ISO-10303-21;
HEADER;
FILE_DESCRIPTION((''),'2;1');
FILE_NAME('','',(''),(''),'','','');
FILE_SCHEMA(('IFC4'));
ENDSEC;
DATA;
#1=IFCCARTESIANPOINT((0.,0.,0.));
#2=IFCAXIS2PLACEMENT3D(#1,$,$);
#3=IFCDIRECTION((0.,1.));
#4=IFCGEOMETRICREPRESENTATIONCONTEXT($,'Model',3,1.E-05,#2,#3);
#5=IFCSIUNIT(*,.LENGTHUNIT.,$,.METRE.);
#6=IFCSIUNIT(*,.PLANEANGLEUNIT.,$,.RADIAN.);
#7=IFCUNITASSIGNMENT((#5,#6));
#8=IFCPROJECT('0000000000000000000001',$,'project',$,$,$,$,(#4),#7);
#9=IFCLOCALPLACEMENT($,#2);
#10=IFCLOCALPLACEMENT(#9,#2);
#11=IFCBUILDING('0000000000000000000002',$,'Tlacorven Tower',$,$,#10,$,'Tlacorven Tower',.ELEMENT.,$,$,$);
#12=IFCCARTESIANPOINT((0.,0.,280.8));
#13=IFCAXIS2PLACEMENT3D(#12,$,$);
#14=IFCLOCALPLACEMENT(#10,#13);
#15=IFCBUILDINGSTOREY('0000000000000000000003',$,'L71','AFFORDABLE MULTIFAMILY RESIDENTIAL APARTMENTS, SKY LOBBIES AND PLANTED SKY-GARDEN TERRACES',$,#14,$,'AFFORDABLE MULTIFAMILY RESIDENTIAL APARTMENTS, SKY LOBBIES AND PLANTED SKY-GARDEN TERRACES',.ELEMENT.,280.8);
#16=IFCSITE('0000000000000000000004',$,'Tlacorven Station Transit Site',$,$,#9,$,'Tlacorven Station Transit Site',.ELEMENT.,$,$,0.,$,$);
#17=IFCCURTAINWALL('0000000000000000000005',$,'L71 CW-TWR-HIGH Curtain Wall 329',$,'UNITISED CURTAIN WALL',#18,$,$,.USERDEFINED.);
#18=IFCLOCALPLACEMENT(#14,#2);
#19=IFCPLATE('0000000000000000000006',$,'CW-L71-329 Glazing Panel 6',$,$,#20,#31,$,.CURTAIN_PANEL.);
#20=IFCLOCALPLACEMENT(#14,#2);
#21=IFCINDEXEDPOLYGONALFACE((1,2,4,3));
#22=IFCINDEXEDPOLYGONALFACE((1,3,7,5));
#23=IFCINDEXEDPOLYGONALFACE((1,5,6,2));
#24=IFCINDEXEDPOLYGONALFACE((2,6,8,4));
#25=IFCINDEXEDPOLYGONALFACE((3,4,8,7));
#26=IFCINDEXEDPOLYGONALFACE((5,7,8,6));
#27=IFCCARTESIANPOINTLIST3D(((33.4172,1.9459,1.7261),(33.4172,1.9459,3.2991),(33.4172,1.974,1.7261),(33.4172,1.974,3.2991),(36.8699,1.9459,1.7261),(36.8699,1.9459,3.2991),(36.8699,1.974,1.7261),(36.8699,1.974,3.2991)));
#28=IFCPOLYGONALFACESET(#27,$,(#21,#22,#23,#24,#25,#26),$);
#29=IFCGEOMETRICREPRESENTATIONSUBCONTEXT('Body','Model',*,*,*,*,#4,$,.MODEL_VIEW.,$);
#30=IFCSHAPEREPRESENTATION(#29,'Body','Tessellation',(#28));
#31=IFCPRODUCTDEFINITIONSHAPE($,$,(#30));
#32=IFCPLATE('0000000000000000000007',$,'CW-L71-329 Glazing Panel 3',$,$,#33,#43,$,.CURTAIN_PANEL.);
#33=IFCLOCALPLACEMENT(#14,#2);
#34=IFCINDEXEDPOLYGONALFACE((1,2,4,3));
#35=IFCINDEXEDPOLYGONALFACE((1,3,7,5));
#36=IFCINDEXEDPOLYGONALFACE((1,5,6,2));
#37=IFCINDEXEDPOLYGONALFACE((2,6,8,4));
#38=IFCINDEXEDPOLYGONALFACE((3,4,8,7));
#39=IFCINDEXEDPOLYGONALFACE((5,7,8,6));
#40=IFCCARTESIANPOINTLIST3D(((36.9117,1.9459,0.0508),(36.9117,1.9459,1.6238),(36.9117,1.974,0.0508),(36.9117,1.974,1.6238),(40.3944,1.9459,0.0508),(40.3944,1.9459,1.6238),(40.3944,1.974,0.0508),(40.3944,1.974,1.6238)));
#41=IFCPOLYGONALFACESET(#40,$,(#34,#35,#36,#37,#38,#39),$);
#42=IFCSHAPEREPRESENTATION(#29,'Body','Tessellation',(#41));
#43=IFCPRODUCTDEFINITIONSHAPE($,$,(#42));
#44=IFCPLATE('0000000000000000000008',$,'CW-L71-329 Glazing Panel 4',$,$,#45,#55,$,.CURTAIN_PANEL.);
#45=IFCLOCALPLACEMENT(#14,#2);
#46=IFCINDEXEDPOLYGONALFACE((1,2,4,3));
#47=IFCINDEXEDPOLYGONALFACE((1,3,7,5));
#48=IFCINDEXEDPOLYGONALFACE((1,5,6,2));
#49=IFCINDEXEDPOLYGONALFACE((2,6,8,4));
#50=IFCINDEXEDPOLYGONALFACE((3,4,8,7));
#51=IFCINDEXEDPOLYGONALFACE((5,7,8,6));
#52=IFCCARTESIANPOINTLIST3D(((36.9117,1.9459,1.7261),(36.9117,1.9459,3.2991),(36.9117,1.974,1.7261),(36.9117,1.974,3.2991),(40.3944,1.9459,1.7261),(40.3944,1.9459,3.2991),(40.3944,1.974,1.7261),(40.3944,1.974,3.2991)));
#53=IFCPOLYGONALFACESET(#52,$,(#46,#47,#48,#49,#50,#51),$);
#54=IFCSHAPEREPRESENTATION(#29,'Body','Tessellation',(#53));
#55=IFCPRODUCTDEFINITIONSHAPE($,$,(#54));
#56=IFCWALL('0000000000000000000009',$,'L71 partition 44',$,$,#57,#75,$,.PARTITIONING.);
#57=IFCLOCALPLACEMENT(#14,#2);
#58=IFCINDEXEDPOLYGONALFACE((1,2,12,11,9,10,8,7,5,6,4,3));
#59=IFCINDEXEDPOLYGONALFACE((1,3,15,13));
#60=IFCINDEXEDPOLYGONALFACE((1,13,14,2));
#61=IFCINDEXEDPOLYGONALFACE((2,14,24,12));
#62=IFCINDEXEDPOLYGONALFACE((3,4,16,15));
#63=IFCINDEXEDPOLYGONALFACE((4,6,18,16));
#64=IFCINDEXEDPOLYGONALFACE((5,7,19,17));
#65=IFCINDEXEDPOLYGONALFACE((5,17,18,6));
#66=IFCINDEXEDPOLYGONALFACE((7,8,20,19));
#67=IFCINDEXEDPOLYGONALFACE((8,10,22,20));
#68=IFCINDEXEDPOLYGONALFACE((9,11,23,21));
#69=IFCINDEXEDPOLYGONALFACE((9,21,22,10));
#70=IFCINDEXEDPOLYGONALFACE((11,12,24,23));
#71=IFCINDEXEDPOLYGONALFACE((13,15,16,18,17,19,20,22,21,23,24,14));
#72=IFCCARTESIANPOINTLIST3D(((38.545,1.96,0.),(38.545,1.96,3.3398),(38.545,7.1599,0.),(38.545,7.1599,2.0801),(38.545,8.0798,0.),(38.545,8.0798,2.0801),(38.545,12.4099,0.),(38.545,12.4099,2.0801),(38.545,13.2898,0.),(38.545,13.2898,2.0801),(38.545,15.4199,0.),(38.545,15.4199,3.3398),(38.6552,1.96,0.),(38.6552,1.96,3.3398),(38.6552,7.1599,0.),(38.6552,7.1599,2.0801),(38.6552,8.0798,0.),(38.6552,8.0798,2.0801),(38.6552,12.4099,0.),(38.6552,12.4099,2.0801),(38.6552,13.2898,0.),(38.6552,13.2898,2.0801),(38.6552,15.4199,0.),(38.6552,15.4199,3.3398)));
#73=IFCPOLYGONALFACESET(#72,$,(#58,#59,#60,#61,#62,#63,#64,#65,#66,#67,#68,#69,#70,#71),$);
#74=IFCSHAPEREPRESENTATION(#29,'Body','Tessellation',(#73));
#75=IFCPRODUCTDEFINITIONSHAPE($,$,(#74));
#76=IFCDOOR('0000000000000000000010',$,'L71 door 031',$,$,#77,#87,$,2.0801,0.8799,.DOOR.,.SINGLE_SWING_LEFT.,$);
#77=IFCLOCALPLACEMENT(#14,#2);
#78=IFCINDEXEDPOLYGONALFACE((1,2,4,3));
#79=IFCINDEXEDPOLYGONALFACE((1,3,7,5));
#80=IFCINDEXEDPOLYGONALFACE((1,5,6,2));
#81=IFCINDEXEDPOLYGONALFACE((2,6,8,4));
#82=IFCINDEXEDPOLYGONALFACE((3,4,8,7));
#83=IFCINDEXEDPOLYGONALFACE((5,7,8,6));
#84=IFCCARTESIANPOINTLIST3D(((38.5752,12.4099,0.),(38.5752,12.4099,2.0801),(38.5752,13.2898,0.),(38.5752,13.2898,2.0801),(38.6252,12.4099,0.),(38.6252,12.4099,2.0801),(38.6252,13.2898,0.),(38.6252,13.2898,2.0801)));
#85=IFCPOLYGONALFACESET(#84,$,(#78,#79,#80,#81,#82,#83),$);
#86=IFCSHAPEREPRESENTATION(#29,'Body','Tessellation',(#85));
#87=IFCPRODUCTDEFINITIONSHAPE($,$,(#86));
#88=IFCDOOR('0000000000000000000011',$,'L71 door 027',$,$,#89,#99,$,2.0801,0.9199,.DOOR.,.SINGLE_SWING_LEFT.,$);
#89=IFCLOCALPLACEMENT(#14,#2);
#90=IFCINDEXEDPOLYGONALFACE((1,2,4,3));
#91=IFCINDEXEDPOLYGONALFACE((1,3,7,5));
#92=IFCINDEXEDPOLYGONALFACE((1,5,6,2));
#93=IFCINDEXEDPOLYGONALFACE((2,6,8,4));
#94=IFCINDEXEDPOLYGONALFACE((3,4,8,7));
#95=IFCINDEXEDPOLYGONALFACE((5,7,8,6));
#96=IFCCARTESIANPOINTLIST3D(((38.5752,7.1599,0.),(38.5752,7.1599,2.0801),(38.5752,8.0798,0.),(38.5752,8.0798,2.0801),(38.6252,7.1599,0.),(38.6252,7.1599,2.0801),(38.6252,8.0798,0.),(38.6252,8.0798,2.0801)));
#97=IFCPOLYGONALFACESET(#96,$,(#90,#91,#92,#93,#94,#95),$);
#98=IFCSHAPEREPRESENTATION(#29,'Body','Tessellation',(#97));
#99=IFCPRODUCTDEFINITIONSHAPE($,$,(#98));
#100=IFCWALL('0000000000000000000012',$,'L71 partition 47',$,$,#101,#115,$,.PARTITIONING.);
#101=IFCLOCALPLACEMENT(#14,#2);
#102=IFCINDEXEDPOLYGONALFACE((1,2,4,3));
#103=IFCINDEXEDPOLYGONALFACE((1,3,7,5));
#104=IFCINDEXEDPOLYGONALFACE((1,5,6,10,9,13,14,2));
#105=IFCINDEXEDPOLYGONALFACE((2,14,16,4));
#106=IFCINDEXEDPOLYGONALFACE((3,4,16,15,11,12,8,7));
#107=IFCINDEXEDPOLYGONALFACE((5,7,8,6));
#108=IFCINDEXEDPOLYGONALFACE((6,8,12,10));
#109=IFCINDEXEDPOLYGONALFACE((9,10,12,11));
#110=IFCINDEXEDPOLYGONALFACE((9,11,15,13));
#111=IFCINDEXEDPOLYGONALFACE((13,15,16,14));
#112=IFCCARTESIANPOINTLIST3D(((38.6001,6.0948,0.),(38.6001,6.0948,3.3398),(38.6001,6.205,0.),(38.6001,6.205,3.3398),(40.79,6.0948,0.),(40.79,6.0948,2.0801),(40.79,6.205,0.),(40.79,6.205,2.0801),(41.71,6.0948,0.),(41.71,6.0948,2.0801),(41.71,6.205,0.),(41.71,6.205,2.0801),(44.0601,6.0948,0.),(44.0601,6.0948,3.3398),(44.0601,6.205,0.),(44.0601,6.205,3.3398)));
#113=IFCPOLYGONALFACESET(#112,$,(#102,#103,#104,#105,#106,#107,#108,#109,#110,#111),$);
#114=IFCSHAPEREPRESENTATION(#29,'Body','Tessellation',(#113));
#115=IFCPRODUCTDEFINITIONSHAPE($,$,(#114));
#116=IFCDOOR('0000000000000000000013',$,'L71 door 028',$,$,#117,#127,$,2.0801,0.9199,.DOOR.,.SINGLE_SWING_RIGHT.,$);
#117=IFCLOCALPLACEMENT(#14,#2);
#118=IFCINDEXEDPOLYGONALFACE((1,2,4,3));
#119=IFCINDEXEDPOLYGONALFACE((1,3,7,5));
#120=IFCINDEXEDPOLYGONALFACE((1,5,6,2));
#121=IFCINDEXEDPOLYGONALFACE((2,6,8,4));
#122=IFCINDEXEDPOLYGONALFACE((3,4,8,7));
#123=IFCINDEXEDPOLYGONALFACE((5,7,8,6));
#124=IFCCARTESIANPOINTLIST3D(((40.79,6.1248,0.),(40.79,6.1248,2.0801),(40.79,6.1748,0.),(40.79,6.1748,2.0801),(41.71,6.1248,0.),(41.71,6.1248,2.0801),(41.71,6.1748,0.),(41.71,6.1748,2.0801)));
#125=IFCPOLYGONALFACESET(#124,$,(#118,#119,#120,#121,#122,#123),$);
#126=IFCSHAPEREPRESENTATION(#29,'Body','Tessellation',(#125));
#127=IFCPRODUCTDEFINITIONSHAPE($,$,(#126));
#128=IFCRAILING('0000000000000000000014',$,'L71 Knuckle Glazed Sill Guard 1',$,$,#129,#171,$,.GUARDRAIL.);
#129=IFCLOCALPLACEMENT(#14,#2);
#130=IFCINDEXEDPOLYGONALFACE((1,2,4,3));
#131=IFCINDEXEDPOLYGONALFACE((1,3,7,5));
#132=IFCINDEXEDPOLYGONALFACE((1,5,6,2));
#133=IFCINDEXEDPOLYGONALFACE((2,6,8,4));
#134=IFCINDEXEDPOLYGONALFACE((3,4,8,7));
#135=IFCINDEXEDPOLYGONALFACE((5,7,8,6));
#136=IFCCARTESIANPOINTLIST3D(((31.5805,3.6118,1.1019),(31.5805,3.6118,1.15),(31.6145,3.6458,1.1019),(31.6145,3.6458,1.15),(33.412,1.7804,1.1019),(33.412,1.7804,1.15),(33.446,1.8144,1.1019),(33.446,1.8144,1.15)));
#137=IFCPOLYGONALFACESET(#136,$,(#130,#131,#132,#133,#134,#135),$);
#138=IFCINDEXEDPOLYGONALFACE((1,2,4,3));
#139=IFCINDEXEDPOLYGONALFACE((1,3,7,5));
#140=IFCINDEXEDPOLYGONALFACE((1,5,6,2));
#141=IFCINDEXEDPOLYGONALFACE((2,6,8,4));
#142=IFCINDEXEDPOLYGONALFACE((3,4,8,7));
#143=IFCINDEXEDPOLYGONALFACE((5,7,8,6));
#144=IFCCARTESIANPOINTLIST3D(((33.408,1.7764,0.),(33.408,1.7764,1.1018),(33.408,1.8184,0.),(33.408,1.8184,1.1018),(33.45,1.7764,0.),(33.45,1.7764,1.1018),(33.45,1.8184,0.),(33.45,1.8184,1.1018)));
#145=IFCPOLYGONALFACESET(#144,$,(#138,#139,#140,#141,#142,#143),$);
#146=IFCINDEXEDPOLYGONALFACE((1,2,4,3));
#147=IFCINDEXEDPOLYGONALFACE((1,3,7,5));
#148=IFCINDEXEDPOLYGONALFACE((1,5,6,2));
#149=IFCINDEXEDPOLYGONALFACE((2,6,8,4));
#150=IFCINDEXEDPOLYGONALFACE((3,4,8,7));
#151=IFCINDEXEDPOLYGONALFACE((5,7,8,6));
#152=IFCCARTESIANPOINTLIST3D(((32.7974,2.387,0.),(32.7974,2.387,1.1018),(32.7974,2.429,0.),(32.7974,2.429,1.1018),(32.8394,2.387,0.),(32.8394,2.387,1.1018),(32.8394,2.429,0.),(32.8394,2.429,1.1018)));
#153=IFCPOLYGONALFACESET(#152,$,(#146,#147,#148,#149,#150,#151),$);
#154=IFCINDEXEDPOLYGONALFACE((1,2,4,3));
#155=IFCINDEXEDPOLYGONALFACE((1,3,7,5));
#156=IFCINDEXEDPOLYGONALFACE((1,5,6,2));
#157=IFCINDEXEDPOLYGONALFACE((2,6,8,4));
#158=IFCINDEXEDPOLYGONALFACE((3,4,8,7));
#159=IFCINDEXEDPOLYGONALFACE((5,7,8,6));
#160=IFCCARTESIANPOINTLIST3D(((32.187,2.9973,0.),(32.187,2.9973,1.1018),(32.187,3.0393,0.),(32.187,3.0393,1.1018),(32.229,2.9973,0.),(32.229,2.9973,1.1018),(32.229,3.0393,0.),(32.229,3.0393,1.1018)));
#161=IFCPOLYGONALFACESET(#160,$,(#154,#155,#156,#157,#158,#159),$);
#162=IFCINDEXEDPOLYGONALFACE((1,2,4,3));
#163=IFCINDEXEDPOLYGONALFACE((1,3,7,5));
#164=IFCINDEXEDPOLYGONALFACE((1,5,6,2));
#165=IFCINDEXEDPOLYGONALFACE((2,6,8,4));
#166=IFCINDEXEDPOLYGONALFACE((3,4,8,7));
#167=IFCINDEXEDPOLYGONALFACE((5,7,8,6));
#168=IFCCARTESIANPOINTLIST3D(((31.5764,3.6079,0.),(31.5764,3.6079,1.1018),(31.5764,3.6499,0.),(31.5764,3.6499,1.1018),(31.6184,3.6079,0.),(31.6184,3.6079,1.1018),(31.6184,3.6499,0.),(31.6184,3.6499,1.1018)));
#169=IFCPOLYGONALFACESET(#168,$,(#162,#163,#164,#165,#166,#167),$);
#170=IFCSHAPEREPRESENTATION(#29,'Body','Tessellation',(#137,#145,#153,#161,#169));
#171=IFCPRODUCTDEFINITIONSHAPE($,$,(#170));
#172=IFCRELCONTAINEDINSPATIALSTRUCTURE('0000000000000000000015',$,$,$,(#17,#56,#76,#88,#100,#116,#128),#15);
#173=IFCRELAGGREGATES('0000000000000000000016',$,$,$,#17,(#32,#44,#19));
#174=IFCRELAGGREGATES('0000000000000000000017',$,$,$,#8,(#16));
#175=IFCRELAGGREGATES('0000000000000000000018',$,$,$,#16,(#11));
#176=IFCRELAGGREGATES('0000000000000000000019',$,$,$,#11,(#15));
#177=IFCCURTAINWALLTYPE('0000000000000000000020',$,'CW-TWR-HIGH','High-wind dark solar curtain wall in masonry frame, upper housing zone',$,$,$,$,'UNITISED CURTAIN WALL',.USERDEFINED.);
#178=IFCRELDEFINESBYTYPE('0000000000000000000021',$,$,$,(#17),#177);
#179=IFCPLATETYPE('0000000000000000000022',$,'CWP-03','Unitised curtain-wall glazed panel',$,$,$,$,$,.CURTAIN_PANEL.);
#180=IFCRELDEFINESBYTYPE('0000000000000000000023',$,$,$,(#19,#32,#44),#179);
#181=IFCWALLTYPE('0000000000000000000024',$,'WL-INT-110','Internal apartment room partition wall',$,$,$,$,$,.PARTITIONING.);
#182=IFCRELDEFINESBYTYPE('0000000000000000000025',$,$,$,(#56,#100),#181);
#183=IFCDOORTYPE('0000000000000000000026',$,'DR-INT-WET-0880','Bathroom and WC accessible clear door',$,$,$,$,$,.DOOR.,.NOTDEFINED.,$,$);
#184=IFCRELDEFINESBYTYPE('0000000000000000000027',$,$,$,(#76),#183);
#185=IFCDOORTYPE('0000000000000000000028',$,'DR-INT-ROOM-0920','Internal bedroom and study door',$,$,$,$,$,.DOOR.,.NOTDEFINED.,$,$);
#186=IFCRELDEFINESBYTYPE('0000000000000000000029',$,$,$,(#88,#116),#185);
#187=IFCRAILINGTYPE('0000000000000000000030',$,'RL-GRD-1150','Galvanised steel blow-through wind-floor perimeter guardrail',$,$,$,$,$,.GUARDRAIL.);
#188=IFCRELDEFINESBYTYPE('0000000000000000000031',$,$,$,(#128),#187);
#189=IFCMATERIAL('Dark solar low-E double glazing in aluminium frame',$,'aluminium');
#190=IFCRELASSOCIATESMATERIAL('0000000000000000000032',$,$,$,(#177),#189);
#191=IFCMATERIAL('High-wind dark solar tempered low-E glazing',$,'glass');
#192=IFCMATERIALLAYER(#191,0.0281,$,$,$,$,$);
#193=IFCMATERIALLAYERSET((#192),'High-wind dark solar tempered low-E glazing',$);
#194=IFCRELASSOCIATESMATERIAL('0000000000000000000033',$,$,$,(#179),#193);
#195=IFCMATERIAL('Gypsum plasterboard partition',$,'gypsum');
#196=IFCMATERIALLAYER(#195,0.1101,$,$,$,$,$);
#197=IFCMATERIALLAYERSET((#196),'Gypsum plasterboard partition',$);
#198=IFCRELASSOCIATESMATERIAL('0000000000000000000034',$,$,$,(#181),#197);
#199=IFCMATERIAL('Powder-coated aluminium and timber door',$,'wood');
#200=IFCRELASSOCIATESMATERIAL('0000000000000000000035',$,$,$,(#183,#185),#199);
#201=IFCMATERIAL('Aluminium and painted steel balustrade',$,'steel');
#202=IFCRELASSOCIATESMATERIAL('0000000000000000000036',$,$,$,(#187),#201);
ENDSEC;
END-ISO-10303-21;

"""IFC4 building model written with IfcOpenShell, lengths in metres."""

from ifc_helpers import new_model, si_unit, direction, frame, frame_2d, origin, origin_2d, place, context, subcontext, project, spatial, rectangle, extrude, source, transform, mapped, material, layer, layer_set, type_object, element, fill, aggregate, save


model = new_model("IFC4")

# Units and contexts
model_context = context("Model", 3, precision=1e-05, world=origin(), true_north=direction((0.0, 1.0)))
body_context = subcontext(model_context, "Body", "Model", "MODEL_VIEW")
ifc_project = project(units=[si_unit("LENGTHUNIT", "METRE"), si_unit("PLANEANGLEUNIT", "RADIAN")], contexts=[model_context])

# Site, building, storey
site_placement = place(None, origin())
site = spatial("IfcSite", under=ifc_project, at=site_placement, Name="Tlacorven Station Transit Site", LongName="Tlacorven Station Transit Site", CompositionType="ELEMENT", RefElevation=0.0)
building_placement = place(site_placement, origin())
building = spatial("IfcBuilding", under=site, at=building_placement, Name="Tlacorven Tower", LongName="Tlacorven Tower", CompositionType="ELEMENT")
storey_placement = place(building_placement, frame((0.0, 0.0, 280.8)))
storey = spatial("IfcBuildingStorey", under=building, at=storey_placement, Name="L71", Description="AFFORDABLE MULTIFAMILY RESIDENTIAL APARTMENTS, SKY LOBBIES AND PLANTED SKY-GARDEN TERRACES", LongName="AFFORDABLE MULTIFAMILY RESIDENTIAL APARTMENTS, SKY LOBBIES AND PLANTED SKY-GARDEN TERRACES", CompositionType="ELEMENT", Elevation=280.8)

# Curtain wall
ifc_material_1 = material(Name="Dark solar low-E double glazing in aluminium frame", Category="aluminium")
curtain_wall_type = type_object("IfcCurtainWallType", Name="CW-TWR-HIGH", Description="High-wind dark solar curtain wall in masonry frame, upper housing zone", ElementType="UNITISED CURTAIN WALL", PredefinedType="USERDEFINED", material=ifc_material_1)
curtain_wall_1_placement = place(storey_placement, origin())
curtain_wall_1 = element("IfcCurtainWall", 1, at=curtain_wall_1_placement, inside=storey, type_object=curtain_wall_type, Name="L71 CW-TWR-HIGH Curtain Wall 329", ObjectType="UNITISED CURTAIN WALL", PredefinedType="USERDEFINED")

# Plates
ifc_material_2 = material(Name="High-wind dark solar tempered low-E glazing", Category="glass")
ifc_layer_1 = layer(ifc_material_2, 0.0281)
ifc_layer_set_1 = layer_set([ifc_layer_1], Name="High-wind dark solar tempered low-E glazing")
plate_type = type_object("IfcPlateType", Name="CWP-03", Description="Unitised curtain-wall glazed panel", PredefinedType="CURTAIN_PANEL", material=ifc_layer_set_1)
shared_shape_1 = source(origin(), body_context, "Body", "SweptSolid", [
    extrude(rectangle(XDim=3.4526, YDim=0.0281, at=origin_2d()), origin(), (0.0, 0.0, 1.0), 1.573),
])
plate_1_placement = place(storey_placement, frame((35.1436, 1.96, 1.7261), z_axis=(0.0, 0.0, 1.0), x_axis=(-1.0, 0.0, 0.0)))
plate_1 = element("IfcPlate", 2, at=plate_1_placement, type_object=plate_type, Name="CW-L71-329 Glazing Panel 6", PredefinedType="CURTAIN_PANEL", context=body_context, shape_type="MappedRepresentation", body=[
    mapped(shared_shape_1, transform((0.0, 0.0, 0.0), scale=1.0)),
])
shared_shape_2 = source(origin(), body_context, "Body", "SweptSolid", [
    extrude(rectangle(XDim=3.4827, YDim=0.0281, at=origin_2d()), origin(), (0.0, 0.0, 1.0), 1.573),
])
plate_2_placement = place(storey_placement, frame((38.6531, 1.96, 0.0508), z_axis=(0.0, 0.0, 1.0), x_axis=(-1.0, 0.0, 0.0)))
plate_2 = element("IfcPlate", 3, at=plate_2_placement, type_object=plate_type, Name="CW-L71-329 Glazing Panel 3", PredefinedType="CURTAIN_PANEL", context=body_context, shape_type="MappedRepresentation", body=[
    mapped(shared_shape_2, transform((0.0, 0.0, 0.0), scale=1.0)),
])
plate_3_placement = place(storey_placement, frame((38.6531, 1.96, 1.7261), z_axis=(0.0, 0.0, 1.0), x_axis=(-1.0, 0.0, 0.0)))
plate_3 = element("IfcPlate", 4, at=plate_3_placement, type_object=plate_type, Name="CW-L71-329 Glazing Panel 4", PredefinedType="CURTAIN_PANEL", context=body_context, shape_type="MappedRepresentation", body=[
    mapped(shared_shape_2, transform((0.0, 0.0, 0.0), scale=1.0)),
])
aggregate(curtain_wall_1, [plate_2, plate_3, plate_1])

# Wall, openings, doors
ifc_material_3 = material(Name="Gypsum plasterboard partition", Category="gypsum")
ifc_layer_2 = layer(ifc_material_3, 0.1101)
ifc_layer_set_2 = layer_set([ifc_layer_2], Name="Gypsum plasterboard partition")
wall_type = type_object("IfcWallType", Name="WL-INT-110", Description="Internal apartment room partition wall", PredefinedType="PARTITIONING", material=ifc_layer_set_2)
wall_1_placement = place(storey_placement, frame((38.6001, 1.96, 0.0), z_axis=(0.0, 0.0, 1.0), x_axis=(0.0, 1.0, 0.0)))
wall_1 = element("IfcWall", 5, at=wall_1_placement, inside=storey, type_object=wall_type, Name="L71 partition 44", PredefinedType="PARTITIONING", context=body_context, shape_type="SweptSolid", body=[
    extrude(rectangle(XDim=13.46, YDim=0.1101, at=frame_2d((6.73, 0.0))), origin(), (0.0, 0.0, 1.0), 3.3398),
])
opening_1_placement = place(wall_1_placement, frame((5.2, 0.0, 0.0)))
opening_1 = element("IfcOpeningElement", 6, at=opening_1_placement, cuts=wall_1, PredefinedType="OPENING", context=body_context, shape_type="SweptSolid", body=[
    extrude(rectangle(XDim=0.9199, YDim=2.0801, at=frame_2d((0.46, 1.04))), frame((0.0, 0.0649, 0.0), z_axis=(0.0, -1.0, 0.0), x_axis=(1.0, 0.0, 0.0)), (0.0, 0.0, 1.0), 0.1301),
])
opening_2_placement = place(wall_1_placement, frame((10.45, 0.0, 0.0)))
opening_2 = element("IfcOpeningElement", 7, at=opening_2_placement, cuts=wall_1, PredefinedType="OPENING", context=body_context, shape_type="SweptSolid", body=[
    extrude(rectangle(XDim=0.8799, YDim=2.0801, at=frame_2d((0.4399, 1.04))), frame((0.0, 0.0649, 0.0), z_axis=(0.0, -1.0, 0.0), x_axis=(1.0, 0.0, 0.0)), (0.0, 0.0, 1.0), 0.1301),
])
ifc_material_4 = material(Name="Powder-coated aluminium and timber door", Category="wood")
door_type_1 = type_object("IfcDoorType", Name="DR-INT-WET-0880", Description="Bathroom and WC accessible clear door", OperationType="NOTDEFINED", PredefinedType="DOOR", material=ifc_material_4)
shared_shape_3 = source(origin(), body_context, "Body", "SweptSolid", [
    extrude(rectangle(XDim=0.8799, YDim=2.0801, at=frame_2d((0.4399, 1.04))), frame((0.0, 0.0249, 0.0), z_axis=(0.0, -1.0, 0.0), x_axis=(1.0, 0.0, 0.0)), (0.0, 0.0, 1.0), 0.05),
])
door_1_placement = place(opening_2_placement, origin())
door_1 = element("IfcDoor", 8, at=door_1_placement, inside=storey, type_object=door_type_1, Name="L71 door 031", OperationType="SINGLE_SWING_LEFT", OverallHeight=2.0801, OverallWidth=0.8799, PredefinedType="DOOR", context=body_context, shape_type="MappedRepresentation", body=[
    mapped(shared_shape_3, transform((0.0, 0.0, 0.0), scale=1.0)),
])
fill(opening_2, door_1)
door_type_2 = type_object("IfcDoorType", Name="DR-INT-ROOM-0920", Description="Internal bedroom and study door", OperationType="NOTDEFINED", PredefinedType="DOOR", material=ifc_material_4)
shared_shape_4 = source(origin(), body_context, "Body", "SweptSolid", [
    extrude(rectangle(XDim=0.9199, YDim=2.0801, at=frame_2d((0.46, 1.04))), frame((0.0, 0.0249, 0.0), z_axis=(0.0, -1.0, 0.0), x_axis=(1.0, 0.0, 0.0)), (0.0, 0.0, 1.0), 0.05),
])
door_2_placement = place(opening_1_placement, origin())
door_2 = element("IfcDoor", 9, at=door_2_placement, inside=storey, type_object=door_type_2, Name="L71 door 027", OperationType="SINGLE_SWING_LEFT", OverallHeight=2.0801, OverallWidth=0.9199, PredefinedType="DOOR", context=body_context, shape_type="MappedRepresentation", body=[
    mapped(shared_shape_4, transform((0.0, 0.0, 0.0), scale=1.0)),
])
fill(opening_1, door_2)

# Wall, opening, door
wall_2_placement = place(storey_placement, frame((38.6001, 6.1499, 0.0), z_axis=(0.0, 0.0, 1.0), x_axis=(1.0, 0.0, 0.0)))
wall_2 = element("IfcWall", 10, at=wall_2_placement, inside=storey, type_object=wall_type, Name="L71 partition 47", PredefinedType="PARTITIONING", context=body_context, shape_type="SweptSolid", body=[
    extrude(rectangle(XDim=5.46, YDim=0.1101, at=frame_2d((2.73, 0.0))), origin(), (0.0, 0.0, 1.0), 3.3398),
])
opening_3_placement = place(wall_2_placement, frame((2.1899, 0.0, 0.0)))
opening_3 = element("IfcOpeningElement", 11, at=opening_3_placement, cuts=wall_2, PredefinedType="OPENING", context=body_context, shape_type="SweptSolid", body=[
    extrude(rectangle(XDim=0.9199, YDim=2.0801, at=frame_2d((0.46, 1.04))), frame((0.0, 0.0649, 0.0), z_axis=(0.0, -1.0, 0.0), x_axis=(1.0, 0.0, 0.0)), (0.0, 0.0, 1.0), 0.1301),
])
door_3_placement = place(opening_3_placement, origin())
door_3 = element("IfcDoor", 12, at=door_3_placement, inside=storey, type_object=door_type_2, Name="L71 door 028", OperationType="SINGLE_SWING_RIGHT", OverallHeight=2.0801, OverallWidth=0.9199, PredefinedType="DOOR", context=body_context, shape_type="MappedRepresentation", body=[
    mapped(shared_shape_4, transform((0.0, 0.0, 0.0), scale=1.0)),
])
fill(opening_3, door_3)

# Railing
ifc_material_5 = material(Name="Aluminium and painted steel balustrade", Category="steel")
railing_type = type_object("IfcRailingType", Name="RL-GRD-1150", Description="Galvanised steel blow-through wind-floor perimeter guardrail", PredefinedType="GUARDRAIL", material=ifc_material_5)
shared_shape_5 = source(origin(), body_context, "Body", "SweptSolid", [
    extrude(rectangle(XDim=0.0481, YDim=0.0481, at=origin_2d()), frame((0.0, 0.0, 1.126), z_axis=(-0.707107, 0.707107, 0.0), x_axis=(-0.707107, -0.707107, 0.0)), (0.0, 0.0, 1.0), 2.5901),
    extrude(rectangle(XDim=0.042, YDim=0.042, at=origin_2d()), origin(), (0.0, 0.0, 1.0), 1.1018),
    extrude(rectangle(XDim=0.042, YDim=0.042, at=origin_2d()), frame((-0.6106, 0.6106, 0.0)), (0.0, 0.0, 1.0), 1.1018),
    extrude(rectangle(XDim=0.042, YDim=0.042, at=origin_2d()), frame((-1.2209, 1.2209, 0.0)), (0.0, 0.0, 1.0), 1.1018),
    extrude(rectangle(XDim=0.042, YDim=0.042, at=origin_2d()), frame((-1.8315, 1.8315, 0.0)), (0.0, 0.0, 1.0), 1.1018),
])
railing_placement = place(storey_placement, frame((33.429, 1.7974, 0.0)))
element("IfcRailing", 13, at=railing_placement, inside=storey, type_object=railing_type, Name="L71 Knuckle Glazed Sill Guard 1", PredefinedType="GUARDRAIL", context=body_context, shape_type="MappedRepresentation", body=[
    mapped(shared_shape_5, transform((0.0, 0.0, 0.0), scale=1.0)),
])

save(model, "model.ifc")
